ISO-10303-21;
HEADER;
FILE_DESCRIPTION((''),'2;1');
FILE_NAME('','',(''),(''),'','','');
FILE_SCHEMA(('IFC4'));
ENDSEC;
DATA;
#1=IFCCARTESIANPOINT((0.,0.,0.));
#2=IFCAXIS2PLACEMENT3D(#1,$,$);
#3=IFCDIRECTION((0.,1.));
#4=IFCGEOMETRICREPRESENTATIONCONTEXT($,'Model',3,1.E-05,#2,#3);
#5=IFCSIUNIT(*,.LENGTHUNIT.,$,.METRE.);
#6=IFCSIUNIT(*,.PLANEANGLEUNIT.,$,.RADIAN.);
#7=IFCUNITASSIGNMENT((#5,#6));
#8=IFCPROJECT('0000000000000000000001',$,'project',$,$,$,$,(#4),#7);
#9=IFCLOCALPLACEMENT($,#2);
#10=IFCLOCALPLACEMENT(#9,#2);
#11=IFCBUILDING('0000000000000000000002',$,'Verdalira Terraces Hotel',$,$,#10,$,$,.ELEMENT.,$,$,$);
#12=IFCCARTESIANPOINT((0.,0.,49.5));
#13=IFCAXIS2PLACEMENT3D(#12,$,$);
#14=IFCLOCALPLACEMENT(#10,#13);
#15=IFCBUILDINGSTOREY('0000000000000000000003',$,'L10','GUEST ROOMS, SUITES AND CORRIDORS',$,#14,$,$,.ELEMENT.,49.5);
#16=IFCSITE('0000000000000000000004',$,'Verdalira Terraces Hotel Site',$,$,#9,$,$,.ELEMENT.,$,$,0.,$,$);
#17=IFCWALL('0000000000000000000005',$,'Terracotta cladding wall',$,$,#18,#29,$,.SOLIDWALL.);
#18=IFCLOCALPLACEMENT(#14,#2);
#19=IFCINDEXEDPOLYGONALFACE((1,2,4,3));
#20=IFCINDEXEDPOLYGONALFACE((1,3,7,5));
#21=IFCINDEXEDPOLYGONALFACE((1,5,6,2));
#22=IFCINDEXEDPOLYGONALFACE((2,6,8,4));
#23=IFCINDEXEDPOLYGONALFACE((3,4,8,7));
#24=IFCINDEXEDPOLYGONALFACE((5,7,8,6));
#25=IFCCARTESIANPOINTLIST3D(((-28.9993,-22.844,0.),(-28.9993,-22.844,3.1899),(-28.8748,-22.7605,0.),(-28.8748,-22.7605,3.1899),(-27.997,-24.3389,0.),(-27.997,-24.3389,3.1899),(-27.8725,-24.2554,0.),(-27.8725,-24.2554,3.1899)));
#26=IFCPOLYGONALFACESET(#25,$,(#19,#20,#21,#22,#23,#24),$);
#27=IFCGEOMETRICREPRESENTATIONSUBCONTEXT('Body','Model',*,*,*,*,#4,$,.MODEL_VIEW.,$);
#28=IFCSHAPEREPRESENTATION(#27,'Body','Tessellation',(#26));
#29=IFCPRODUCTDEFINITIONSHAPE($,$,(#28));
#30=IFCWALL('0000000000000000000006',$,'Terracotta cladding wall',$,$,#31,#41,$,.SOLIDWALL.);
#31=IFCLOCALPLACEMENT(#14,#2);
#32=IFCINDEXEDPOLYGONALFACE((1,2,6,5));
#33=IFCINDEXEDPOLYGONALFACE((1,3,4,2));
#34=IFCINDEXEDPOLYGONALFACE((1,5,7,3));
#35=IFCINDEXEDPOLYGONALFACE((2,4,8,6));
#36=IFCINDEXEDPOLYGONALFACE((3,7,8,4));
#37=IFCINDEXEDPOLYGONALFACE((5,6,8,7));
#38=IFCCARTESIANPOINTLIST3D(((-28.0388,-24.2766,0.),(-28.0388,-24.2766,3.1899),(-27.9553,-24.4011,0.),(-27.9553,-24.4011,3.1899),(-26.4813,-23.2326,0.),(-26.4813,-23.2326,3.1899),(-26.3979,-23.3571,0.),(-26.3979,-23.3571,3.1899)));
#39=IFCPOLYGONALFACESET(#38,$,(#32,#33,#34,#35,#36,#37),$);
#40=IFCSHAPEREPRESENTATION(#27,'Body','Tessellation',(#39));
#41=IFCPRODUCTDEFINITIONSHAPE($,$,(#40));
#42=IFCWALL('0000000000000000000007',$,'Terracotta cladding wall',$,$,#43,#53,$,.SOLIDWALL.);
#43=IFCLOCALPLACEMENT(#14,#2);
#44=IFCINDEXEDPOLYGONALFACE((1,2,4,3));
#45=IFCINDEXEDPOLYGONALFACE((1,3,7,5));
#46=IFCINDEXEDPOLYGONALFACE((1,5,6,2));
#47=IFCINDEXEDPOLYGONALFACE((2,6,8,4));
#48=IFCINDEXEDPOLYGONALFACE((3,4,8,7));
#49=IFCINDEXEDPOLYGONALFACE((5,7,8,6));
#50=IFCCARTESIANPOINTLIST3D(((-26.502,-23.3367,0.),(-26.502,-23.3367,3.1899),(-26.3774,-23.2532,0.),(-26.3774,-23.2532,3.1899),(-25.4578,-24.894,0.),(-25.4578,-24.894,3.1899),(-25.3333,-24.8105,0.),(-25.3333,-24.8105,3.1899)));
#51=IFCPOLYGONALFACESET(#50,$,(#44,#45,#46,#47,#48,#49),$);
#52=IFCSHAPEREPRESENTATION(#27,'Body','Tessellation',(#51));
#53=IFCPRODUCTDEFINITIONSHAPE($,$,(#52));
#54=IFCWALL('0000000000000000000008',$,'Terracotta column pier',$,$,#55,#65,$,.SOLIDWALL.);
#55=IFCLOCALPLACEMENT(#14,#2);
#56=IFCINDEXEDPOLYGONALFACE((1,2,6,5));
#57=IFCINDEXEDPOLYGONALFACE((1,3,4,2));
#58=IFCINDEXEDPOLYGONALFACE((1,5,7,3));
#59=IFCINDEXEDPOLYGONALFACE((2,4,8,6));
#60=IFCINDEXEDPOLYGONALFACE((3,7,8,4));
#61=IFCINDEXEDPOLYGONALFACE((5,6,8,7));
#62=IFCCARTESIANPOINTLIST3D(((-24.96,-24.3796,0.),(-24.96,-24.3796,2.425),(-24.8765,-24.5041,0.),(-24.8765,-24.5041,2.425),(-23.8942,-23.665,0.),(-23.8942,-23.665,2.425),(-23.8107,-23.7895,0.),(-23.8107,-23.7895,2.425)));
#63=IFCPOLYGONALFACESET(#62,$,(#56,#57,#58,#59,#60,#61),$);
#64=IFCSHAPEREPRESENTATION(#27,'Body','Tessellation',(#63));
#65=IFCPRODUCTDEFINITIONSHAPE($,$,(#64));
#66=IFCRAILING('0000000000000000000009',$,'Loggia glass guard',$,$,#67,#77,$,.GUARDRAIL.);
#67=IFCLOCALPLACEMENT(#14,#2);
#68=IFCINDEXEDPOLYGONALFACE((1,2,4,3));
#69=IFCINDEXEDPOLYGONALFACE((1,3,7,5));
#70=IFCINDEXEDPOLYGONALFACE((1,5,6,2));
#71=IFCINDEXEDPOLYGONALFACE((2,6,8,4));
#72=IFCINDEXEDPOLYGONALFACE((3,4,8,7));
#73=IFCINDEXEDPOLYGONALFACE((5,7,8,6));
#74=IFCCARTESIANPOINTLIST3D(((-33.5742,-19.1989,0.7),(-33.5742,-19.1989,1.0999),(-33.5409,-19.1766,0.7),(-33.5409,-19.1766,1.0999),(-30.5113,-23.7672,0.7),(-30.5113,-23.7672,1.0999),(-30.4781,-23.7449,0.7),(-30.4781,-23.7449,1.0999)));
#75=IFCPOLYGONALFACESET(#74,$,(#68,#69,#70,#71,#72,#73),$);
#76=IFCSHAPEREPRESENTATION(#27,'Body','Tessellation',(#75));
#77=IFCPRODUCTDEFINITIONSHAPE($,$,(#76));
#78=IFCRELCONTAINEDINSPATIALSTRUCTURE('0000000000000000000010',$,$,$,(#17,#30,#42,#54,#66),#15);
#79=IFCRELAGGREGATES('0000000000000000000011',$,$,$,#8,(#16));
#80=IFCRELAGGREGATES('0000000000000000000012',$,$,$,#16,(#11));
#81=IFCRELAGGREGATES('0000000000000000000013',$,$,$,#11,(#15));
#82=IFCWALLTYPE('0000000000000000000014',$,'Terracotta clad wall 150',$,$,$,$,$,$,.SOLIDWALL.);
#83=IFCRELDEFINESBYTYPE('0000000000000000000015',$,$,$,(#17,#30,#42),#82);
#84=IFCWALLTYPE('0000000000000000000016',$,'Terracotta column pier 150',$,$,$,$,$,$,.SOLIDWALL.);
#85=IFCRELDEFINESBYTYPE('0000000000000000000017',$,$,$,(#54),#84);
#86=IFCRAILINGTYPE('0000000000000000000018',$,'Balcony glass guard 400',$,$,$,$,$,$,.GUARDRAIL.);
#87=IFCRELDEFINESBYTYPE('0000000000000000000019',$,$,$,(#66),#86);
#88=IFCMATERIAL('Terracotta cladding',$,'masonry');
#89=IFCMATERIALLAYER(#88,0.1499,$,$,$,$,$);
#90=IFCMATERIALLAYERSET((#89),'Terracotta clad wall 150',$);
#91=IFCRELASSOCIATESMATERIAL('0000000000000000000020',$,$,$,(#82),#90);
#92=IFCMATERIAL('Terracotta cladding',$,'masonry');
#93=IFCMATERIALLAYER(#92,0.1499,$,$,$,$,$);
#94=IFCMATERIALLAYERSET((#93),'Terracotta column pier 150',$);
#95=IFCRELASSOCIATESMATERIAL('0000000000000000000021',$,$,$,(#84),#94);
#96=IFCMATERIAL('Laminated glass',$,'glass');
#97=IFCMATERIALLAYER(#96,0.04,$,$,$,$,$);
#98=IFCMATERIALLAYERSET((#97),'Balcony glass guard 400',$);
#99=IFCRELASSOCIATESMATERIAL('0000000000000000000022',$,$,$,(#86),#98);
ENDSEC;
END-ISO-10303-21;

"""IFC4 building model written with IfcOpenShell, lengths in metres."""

from ifc_helpers import new_model, si_unit, direction, frame, frame_2d, origin, origin_2d, place, context, subcontext, project, spatial, rectangle, extrude, material, layer, layer_set, type_object, element, save


model = new_model("IFC4")

# Units and contexts
model_context = context("Model", 3, precision=1e-05, world=origin(), true_north=direction((0.0, 1.0)))
body_context = subcontext(model_context, "Body", "Model", "MODEL_VIEW")
ifc_project = project(units=[si_unit("LENGTHUNIT", "METRE"), si_unit("PLANEANGLEUNIT", "RADIAN")], contexts=[model_context])

# Site, building, storey
site_placement = place(None, origin())
site = spatial("IfcSite", under=ifc_project, at=site_placement, Name="Verdalira Terraces Hotel Site", CompositionType="ELEMENT", RefElevation=0.0)
building_placement = place(site_placement, origin())
building = spatial("IfcBuilding", under=site, at=building_placement, Name="Verdalira Terraces Hotel", CompositionType="ELEMENT")
storey_placement = place(building_placement, frame((0.0, 0.0, 49.5)))
storey = spatial("IfcBuildingStorey", under=building, at=storey_placement, Name="L10", Description="GUEST ROOMS, SUITES AND CORRIDORS", CompositionType="ELEMENT", Elevation=49.5)

# Walls
ifc_material_1 = material(Name="Terracotta cladding", Category="masonry")
ifc_layer_1 = layer(ifc_material_1, 0.1499)
ifc_layer_set_1 = layer_set([ifc_layer_1], Name="Terracotta clad wall 150")
wall_type_1 = type_object("IfcWallType", Name="Terracotta clad wall 150", PredefinedType="SOLIDWALL", material=ifc_layer_set_1)
wall_1_placement = place(storey_placement, frame((-28.937, -22.8022, 0.0), z_axis=(0.0, 0.0, 1.0), x_axis=(0.556858, -0.830607, 0.0)))
element("IfcWall", 1, at=wall_1_placement, inside=storey, type_object=wall_type_1, Name="Terracotta cladding wall", PredefinedType="SOLIDWALL", context=body_context, shape_type="SweptSolid", body=[
    extrude(rectangle(XDim=1.7998, YDim=0.1499, at=frame_2d((0.8999, 0.0))), origin(), (0.0, 0.0, 1.0), 3.1899),
])
for number, where, z_axis, x_axis, name in (
    (2, (-27.9971, -24.3389, 0.0), (0.0, 0.0, 1.0), (0.830645, 0.556802, 0.0), "Terracotta cladding wall"),
    (3, (-26.4397, -23.2949, 0.0), (0.0, 0.0, 1.0), (0.556892, -0.830585, 0.0), "Terracotta cladding wall"),
):
    element("IfcWall", number, at=place(storey_placement, frame(where, z_axis=z_axis, x_axis=x_axis)), inside=storey, type_object=wall_type_1, Name=name, PredefinedType="SOLIDWALL", context=body_context, shape_type="SweptSolid", body=[
        extrude(rectangle(XDim=1.875, YDim=0.1499, at=frame_2d((0.9375, 0.0))), origin(), (0.0, 0.0, 1.0), 3.1899),
    ])
ifc_material_2 = material(Name="Terracotta cladding", Category="masonry")
ifc_layer_2 = layer(ifc_material_2, 0.1499)
ifc_layer_set_2 = layer_set([ifc_layer_2], Name="Terracotta column pier 150")
wall_type_2 = type_object("IfcWallType", Name="Terracotta column pier 150", PredefinedType="SOLIDWALL", material=ifc_layer_set_2)
wall_2_placement = place(storey_placement, frame((-24.9182, -24.4419, 0.0), z_axis=(0.0, 0.0, 1.0), x_axis=(0.830554, 0.556938, 0.0)))
element("IfcWall", 4, at=wall_2_placement, inside=storey, type_object=wall_type_2, Name="Terracotta column pier", PredefinedType="SOLIDWALL", context=body_context, shape_type="SweptSolid", body=[
    extrude(rectangle(XDim=1.2832, YDim=0.1499, at=frame_2d((0.6416, 0.0))), origin(), (0.0, 0.0, 1.0), 2.425),
])

# Railing
ifc_material_3 = material(Name="Laminated glass", Category="glass")
ifc_layer_3 = layer(ifc_material_3, 0.04)
ifc_layer_set_3 = layer_set([ifc_layer_3], Name="Balcony glass guard 400")
railing_type = type_object("IfcRailingType", Name="Balcony glass guard 400", PredefinedType="GUARDRAIL", material=ifc_layer_set_3)
railing_placement = place(storey_placement, frame((-32.0261, -21.4719, 0.7), z_axis=(0.0, 0.0, 1.0), x_axis=(0.556876, -0.830596, 0.0)))
element("IfcRailing", 5, at=railing_placement, inside=storey, type_object=railing_type, Name="Loggia glass guard", PredefinedType="GUARDRAIL", context=body_context, shape_type="SweptSolid", body=[
    extrude(rectangle(XDim=5.5, YDim=0.04, at=origin_2d()), origin(), (0.0, 0.0, 1.0), 0.3999),
])

save(model, "model.ifc")
